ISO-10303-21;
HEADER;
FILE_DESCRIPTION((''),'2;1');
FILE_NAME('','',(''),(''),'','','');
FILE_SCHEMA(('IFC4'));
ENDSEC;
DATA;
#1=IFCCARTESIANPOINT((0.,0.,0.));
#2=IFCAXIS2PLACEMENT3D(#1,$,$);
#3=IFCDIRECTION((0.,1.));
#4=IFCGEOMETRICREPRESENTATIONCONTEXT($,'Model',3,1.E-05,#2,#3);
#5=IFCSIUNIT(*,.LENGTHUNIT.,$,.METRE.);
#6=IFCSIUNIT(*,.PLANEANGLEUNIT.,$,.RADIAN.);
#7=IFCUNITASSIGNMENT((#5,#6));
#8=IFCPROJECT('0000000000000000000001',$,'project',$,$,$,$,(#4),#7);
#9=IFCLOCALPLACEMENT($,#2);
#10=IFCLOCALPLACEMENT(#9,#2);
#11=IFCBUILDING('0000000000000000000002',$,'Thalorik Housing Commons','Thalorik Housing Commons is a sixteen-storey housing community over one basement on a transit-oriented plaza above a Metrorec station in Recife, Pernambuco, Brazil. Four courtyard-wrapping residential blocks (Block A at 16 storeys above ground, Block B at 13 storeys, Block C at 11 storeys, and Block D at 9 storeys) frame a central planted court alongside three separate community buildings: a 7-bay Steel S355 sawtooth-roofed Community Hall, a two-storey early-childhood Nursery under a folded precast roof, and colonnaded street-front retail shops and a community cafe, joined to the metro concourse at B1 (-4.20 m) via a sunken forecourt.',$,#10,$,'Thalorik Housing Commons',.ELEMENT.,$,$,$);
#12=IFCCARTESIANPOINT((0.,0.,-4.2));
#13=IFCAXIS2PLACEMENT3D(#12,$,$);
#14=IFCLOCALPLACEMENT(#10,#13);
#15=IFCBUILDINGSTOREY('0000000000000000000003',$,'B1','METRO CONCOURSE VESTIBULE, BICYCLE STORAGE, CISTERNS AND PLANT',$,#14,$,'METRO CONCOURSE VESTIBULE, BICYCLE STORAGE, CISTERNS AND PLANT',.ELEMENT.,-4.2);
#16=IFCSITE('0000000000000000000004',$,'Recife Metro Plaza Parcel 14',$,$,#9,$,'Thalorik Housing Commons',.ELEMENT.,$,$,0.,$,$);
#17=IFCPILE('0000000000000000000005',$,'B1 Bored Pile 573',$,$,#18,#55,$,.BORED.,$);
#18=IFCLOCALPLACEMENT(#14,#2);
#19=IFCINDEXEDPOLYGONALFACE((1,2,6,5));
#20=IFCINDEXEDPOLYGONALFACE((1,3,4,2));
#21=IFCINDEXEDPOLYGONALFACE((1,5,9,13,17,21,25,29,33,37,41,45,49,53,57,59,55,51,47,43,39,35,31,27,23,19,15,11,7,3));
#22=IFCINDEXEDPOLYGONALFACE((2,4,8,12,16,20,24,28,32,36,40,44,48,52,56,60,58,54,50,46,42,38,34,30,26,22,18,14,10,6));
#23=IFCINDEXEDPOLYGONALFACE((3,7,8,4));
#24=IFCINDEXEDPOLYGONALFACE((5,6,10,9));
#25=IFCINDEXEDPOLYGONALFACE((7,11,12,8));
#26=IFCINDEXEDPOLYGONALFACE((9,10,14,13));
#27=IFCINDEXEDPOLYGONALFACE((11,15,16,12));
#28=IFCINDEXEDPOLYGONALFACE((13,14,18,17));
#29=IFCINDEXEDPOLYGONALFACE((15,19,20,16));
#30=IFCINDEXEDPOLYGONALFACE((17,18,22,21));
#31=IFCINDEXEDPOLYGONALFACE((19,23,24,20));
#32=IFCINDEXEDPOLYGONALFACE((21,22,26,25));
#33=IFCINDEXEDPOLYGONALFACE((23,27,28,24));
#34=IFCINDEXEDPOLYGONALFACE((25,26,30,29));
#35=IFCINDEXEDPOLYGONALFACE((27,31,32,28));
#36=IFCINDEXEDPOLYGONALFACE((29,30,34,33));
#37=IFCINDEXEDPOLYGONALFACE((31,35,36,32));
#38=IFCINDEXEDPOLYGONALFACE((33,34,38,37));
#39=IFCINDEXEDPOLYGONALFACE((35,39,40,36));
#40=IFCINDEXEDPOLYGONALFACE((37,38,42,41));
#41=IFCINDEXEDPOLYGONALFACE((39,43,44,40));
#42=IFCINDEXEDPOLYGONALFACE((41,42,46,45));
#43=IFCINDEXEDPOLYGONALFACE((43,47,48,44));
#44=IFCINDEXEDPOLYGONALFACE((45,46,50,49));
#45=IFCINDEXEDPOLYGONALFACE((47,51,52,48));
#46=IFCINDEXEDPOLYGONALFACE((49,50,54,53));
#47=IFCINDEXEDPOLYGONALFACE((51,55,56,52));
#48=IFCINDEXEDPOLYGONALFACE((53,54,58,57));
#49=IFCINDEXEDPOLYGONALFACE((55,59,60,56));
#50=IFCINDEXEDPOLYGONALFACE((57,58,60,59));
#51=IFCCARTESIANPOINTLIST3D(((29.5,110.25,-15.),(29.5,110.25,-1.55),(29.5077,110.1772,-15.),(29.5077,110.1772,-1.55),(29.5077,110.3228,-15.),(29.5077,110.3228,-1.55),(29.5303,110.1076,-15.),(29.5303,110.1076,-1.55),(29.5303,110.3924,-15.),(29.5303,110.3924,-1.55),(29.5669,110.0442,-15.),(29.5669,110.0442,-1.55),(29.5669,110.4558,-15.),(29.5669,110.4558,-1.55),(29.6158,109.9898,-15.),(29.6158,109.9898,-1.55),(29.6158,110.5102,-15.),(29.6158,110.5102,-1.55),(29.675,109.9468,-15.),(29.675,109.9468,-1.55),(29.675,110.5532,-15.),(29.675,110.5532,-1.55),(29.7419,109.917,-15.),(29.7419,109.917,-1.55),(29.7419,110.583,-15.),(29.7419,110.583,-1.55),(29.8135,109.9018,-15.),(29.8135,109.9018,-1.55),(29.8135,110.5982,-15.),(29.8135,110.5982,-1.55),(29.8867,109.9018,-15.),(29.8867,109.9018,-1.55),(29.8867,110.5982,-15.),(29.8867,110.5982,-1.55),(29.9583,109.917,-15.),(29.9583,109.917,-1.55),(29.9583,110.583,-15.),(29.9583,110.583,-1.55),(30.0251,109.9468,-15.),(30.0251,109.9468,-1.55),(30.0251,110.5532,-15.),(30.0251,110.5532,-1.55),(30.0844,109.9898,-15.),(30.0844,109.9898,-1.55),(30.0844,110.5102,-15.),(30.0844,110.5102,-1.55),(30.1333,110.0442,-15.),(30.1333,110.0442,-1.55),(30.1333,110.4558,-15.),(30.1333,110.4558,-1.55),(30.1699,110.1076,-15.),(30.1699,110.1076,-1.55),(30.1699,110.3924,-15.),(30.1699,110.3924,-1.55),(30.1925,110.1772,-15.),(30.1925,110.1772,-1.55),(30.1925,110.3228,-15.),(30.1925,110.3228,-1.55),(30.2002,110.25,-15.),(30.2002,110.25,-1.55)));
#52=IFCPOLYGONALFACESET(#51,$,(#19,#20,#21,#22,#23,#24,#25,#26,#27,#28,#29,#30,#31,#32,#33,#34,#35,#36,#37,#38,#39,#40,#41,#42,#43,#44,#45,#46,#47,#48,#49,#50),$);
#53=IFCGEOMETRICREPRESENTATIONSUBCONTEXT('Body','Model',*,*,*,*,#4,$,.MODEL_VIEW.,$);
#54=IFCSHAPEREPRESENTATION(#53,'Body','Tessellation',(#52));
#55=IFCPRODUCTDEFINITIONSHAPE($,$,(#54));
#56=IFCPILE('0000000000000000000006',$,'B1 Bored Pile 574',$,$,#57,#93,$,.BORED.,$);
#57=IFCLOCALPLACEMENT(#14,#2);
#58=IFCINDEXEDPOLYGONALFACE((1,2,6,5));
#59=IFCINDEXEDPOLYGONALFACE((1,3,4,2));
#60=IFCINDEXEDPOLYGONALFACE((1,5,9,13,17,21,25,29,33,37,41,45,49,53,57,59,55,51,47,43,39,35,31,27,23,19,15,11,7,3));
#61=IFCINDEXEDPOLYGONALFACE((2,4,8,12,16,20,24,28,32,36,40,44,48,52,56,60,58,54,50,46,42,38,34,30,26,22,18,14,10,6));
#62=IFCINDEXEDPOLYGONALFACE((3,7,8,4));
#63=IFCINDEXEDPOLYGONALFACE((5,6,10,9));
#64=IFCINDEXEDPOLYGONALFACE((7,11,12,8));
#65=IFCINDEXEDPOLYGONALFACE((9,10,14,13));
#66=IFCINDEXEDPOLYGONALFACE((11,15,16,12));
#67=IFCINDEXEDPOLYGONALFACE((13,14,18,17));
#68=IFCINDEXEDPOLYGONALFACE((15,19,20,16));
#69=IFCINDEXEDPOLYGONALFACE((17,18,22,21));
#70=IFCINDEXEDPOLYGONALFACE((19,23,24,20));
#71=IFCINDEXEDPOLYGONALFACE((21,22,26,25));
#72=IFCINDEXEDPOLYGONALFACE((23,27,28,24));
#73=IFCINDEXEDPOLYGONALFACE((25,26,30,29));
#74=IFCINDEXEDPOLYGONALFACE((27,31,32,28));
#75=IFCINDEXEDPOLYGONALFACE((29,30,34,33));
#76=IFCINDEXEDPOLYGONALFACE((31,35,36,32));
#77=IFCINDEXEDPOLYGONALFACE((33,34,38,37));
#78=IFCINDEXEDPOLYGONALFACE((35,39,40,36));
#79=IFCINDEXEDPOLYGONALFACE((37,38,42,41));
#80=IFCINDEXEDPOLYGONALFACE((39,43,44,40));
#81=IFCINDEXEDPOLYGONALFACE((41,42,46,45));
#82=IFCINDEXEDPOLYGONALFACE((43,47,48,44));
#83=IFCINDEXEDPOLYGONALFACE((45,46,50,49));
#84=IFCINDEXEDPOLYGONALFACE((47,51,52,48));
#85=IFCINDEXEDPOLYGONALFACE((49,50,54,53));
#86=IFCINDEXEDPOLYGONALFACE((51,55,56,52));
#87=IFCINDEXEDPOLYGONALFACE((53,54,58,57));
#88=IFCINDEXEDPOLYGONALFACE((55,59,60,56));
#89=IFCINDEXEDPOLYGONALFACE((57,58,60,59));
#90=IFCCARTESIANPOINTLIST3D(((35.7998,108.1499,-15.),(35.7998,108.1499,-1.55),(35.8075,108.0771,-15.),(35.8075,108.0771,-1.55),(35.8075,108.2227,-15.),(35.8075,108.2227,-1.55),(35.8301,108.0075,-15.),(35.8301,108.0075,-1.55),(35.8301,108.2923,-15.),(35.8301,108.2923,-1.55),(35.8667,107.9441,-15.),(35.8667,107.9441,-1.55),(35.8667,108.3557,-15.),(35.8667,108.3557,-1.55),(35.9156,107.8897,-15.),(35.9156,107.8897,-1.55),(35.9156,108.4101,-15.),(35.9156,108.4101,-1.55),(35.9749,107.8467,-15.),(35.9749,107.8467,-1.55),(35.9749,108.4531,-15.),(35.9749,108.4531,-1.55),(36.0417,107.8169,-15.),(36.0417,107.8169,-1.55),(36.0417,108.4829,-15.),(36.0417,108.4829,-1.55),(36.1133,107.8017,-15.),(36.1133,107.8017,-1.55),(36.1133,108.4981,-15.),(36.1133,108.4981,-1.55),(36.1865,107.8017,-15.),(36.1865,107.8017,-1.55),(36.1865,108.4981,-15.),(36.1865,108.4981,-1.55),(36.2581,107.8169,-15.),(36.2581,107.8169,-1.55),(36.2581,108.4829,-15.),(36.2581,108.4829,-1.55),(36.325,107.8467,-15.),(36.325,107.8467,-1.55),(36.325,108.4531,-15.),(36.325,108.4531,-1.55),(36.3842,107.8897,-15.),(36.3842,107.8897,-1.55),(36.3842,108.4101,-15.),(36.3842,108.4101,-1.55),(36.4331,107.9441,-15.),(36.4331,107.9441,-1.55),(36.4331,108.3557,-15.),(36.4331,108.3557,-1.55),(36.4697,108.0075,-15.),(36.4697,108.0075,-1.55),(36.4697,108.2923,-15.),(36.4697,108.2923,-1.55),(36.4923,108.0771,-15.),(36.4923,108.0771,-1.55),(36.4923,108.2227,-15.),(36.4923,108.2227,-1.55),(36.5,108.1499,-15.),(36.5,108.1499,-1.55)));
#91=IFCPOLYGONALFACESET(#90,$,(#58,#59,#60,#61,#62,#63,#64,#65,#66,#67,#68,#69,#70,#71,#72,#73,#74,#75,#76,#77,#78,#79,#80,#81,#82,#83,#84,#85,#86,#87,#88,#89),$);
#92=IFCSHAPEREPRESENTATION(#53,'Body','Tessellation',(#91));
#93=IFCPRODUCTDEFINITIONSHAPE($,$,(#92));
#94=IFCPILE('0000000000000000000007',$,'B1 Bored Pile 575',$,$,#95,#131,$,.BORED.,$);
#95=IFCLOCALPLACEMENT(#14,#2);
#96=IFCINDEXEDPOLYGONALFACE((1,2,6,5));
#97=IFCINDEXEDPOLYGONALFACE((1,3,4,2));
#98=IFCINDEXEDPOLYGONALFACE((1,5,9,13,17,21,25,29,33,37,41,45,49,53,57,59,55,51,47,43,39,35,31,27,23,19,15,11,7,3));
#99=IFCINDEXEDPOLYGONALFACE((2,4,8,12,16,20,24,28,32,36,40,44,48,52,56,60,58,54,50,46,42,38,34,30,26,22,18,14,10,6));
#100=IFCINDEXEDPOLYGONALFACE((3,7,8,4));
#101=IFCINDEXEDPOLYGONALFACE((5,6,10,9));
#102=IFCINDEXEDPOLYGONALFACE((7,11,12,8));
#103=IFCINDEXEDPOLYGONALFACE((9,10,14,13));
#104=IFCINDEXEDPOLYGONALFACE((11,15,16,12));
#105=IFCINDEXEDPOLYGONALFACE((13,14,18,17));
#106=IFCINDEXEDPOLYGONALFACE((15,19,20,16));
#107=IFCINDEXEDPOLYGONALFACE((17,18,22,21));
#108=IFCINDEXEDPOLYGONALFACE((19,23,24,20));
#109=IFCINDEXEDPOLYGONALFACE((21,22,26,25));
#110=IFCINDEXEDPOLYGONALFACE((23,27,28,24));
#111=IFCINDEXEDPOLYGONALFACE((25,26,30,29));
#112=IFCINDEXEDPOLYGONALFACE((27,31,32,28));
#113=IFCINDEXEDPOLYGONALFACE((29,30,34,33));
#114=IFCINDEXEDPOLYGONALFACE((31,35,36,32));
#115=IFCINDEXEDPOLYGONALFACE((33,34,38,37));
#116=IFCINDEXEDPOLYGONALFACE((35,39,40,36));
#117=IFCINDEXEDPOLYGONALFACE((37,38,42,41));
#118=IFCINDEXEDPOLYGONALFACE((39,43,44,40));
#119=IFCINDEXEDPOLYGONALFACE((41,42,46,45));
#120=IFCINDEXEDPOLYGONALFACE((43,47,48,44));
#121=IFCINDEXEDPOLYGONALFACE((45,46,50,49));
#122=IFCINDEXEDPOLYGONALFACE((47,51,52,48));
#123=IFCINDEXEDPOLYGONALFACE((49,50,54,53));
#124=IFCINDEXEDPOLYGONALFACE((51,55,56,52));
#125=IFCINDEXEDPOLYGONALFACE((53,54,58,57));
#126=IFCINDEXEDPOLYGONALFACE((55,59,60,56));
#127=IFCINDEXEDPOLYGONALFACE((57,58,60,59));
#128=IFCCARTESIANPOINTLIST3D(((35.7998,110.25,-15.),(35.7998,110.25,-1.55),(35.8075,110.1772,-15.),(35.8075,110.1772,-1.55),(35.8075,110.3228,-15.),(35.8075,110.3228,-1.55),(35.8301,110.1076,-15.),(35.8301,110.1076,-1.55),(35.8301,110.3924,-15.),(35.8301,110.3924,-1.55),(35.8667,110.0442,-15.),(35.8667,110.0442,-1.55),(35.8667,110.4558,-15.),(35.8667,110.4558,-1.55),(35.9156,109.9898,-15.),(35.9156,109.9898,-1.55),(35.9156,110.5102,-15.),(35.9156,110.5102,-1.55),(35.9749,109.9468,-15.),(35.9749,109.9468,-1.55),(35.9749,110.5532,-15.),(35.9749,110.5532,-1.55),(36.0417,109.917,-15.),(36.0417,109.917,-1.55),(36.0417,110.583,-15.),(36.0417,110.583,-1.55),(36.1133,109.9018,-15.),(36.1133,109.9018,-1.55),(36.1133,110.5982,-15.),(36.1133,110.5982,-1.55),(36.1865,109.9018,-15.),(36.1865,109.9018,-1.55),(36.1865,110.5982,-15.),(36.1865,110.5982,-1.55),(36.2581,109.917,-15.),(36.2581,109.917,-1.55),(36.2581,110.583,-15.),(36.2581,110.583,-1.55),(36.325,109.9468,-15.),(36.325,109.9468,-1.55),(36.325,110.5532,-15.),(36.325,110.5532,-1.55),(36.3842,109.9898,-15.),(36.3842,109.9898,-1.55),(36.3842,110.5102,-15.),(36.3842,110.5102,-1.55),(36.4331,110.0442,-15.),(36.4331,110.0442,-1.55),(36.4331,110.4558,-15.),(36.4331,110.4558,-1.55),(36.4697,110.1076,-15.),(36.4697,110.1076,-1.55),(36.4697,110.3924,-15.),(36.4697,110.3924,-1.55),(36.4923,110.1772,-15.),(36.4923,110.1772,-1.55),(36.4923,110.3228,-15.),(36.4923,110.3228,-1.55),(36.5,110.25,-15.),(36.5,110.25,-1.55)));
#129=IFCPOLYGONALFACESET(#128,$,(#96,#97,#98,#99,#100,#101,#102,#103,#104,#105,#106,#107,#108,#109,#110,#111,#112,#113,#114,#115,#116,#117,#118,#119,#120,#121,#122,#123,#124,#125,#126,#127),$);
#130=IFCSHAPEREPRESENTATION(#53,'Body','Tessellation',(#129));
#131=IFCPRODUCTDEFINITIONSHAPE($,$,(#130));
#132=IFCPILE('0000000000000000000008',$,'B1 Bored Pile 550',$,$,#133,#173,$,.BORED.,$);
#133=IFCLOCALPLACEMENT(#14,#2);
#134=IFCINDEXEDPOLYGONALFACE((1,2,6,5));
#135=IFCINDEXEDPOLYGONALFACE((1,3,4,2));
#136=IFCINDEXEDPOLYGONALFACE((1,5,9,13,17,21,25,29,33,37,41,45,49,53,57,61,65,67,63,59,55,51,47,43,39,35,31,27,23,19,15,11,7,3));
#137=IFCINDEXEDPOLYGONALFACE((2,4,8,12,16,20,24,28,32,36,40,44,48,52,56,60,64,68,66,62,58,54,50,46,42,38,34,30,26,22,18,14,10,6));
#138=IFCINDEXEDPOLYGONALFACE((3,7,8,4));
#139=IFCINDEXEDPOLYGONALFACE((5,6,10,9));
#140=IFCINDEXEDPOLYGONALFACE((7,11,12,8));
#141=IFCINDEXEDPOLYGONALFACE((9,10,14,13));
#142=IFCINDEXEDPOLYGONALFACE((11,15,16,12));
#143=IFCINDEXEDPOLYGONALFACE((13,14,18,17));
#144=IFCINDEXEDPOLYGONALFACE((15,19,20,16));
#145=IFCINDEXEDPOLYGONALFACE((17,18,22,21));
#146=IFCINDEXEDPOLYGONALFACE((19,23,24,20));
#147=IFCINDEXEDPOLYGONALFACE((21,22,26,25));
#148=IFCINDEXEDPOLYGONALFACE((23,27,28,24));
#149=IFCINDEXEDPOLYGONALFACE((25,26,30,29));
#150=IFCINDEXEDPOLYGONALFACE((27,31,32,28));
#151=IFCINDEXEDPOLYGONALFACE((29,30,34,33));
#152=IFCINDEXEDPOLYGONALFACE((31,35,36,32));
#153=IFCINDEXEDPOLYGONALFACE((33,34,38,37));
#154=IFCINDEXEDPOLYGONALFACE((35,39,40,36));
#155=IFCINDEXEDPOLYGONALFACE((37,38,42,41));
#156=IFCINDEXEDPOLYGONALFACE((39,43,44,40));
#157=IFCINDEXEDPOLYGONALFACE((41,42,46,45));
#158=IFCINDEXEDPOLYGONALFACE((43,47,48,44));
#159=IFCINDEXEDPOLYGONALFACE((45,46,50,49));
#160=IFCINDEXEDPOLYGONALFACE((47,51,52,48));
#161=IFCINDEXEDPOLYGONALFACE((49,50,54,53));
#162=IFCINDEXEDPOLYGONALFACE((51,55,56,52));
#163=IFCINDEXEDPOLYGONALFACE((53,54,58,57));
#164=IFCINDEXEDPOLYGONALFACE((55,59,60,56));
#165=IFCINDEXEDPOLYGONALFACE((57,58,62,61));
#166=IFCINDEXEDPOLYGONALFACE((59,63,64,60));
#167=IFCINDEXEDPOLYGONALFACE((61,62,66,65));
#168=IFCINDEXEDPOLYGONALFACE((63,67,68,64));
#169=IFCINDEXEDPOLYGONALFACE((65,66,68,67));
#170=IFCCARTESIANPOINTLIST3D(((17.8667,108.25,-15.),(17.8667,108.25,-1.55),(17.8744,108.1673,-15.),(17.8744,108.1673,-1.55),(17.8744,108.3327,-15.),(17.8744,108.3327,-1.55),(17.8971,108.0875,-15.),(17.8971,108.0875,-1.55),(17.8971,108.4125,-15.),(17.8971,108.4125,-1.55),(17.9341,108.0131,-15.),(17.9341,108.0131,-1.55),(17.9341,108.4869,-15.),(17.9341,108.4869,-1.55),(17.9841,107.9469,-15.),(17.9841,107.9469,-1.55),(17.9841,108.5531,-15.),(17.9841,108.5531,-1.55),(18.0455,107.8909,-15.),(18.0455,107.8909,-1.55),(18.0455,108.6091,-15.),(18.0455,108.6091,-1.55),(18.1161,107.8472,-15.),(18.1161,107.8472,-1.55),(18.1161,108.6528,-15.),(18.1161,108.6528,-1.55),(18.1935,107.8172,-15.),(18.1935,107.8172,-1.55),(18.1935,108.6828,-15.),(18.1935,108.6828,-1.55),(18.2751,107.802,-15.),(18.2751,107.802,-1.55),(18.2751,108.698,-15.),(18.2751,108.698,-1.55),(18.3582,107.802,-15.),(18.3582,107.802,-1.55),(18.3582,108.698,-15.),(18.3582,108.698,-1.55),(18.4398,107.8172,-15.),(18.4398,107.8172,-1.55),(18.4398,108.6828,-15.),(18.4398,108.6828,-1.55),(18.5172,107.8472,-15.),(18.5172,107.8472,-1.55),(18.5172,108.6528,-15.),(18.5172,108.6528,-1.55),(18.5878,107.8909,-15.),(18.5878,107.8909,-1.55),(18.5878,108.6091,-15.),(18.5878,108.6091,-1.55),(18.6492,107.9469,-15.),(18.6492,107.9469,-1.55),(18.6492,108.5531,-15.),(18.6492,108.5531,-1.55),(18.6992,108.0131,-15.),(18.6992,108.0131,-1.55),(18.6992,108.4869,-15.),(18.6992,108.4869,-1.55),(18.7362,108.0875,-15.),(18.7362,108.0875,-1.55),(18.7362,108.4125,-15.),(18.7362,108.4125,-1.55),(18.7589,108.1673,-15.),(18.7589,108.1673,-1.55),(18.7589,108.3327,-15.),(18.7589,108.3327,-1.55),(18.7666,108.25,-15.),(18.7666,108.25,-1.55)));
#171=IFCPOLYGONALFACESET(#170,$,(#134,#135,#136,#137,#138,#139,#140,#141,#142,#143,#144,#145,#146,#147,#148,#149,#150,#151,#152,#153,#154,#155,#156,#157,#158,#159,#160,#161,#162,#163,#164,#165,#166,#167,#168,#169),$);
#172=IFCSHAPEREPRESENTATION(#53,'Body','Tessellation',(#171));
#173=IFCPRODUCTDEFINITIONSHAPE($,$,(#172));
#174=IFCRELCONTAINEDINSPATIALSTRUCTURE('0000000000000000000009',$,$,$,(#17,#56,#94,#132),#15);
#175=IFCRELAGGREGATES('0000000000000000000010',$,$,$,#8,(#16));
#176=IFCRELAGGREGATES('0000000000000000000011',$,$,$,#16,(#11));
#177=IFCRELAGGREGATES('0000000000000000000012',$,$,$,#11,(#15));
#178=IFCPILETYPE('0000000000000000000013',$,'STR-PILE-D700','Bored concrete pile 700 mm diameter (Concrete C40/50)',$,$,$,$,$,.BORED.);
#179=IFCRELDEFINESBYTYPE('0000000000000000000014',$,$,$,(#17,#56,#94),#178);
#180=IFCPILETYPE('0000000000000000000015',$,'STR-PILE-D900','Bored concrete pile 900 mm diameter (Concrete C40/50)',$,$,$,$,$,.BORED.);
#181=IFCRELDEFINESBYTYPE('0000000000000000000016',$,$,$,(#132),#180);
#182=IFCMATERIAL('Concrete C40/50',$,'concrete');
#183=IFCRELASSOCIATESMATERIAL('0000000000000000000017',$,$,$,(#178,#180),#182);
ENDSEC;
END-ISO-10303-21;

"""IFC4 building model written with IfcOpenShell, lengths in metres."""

from ifc_helpers import new_model, si_unit, direction, frame, origin, origin_2d, place, context, subcontext, project, spatial, circle, extrude, material, material_profile, profile_set, type_object, element, save


model = new_model("IFC4")

# Units and contexts
model_context = context("Model", 3, precision=1e-05, world=origin(), true_north=direction((0.0, 1.0)))
body_context = subcontext(model_context, "Body", "Model", "MODEL_VIEW")
ifc_project = project(units=[si_unit("LENGTHUNIT", "METRE"), si_unit("PLANEANGLEUNIT", "RADIAN")], contexts=[model_context])

# Site, building, storey
site_placement = place(None, origin())
site = spatial("IfcSite", under=ifc_project, at=site_placement, Name="Recife Metro Plaza Parcel 14", LongName="Thalorik Housing Commons", CompositionType="ELEMENT", RefElevation=0.0)
building_placement = place(site_placement, origin())
building = spatial("IfcBuilding", under=site, at=building_placement, Name="Thalorik Housing Commons", Description="Thalorik Housing Commons is a sixteen-storey housing community over one basement on a transit-oriented plaza above a Metrorec station in Recife, Pernambuco, Brazil. Four courtyard-wrapping residential blocks (Block A at 16 storeys above ground, Block B at 13 storeys, Block C at 11 storeys, and Block D at 9 storeys) frame a central planted court alongside three separate community buildings: a 7-bay Steel S355 sawtooth-roofed Community Hall, a two-storey early-childhood Nursery under a folded precast roof, and colonnaded street-front retail shops and a community cafe, joined to the metro concourse at B1 (-4.20 m) via a sunken forecourt.", LongName="Thalorik Housing Commons", CompositionType="ELEMENT")
storey_placement = place(building_placement, frame((0.0, 0.0, -4.2)))
storey = spatial("IfcBuildingStorey", under=building, at=storey_placement, Name="B1", Description="METRO CONCOURSE VESTIBULE, BICYCLE STORAGE, CISTERNS AND PLANT", LongName="METRO CONCOURSE VESTIBULE, BICYCLE STORAGE, CISTERNS AND PLANT", CompositionType="ELEMENT", Elevation=-4.2)

# Shared definitions
ifc_material_1 = material(Name="Concrete C40/50", Category="concrete")

# Piles
ifc_material_profile_1 = material_profile(ifc_material_1, circle(Radius=0.3501, at=origin_2d()), Name="BORED PILE D700", Category="concrete")
ifc_profile_set_1 = profile_set([ifc_material_profile_1], Name="Concrete C40/50")
pile_type_1 = type_object("IfcPileType", Name="STR-PILE-D700", Description="Bored concrete pile 700 mm diameter (Concrete C40/50)", PredefinedType="BORED", material=ifc_profile_set_1)
for number, where, z_axis, x_axis, name in (
    (1, (29.8501, 110.25, -1.55), (0.0, 0.0, -1.0), (1.0, 0.0, 0.0), "B1 Bored Pile 573"),
    (2, (36.1499, 108.1499, -1.55), (0.0, 0.0, -1.0), (1.0, 0.0, 0.0), "B1 Bored Pile 574"),
    (3, (36.1499, 110.25, -1.55), (0.0, 0.0, -1.0), (1.0, 0.0, 0.0), "B1 Bored Pile 575"),
):
    element("IfcPile", number, at=place(storey_placement, frame(where, z_axis=z_axis, x_axis=x_axis)), inside=storey, type_object=pile_type_1, Name=name, PredefinedType="BORED", context=body_context, shape_type="SweptSolid", body=[
        extrude(circle(Radius=0.3501, at=origin_2d()), origin(), (0.0, 0.0, 1.0), 13.45),
    ])
ifc_material_profile_2 = material_profile(ifc_material_1, circle(Radius=0.45, at=origin_2d()), Name="BORED PILE D900", Category="concrete")
ifc_profile_set_2 = profile_set([ifc_material_profile_2], Name="Concrete C40/50")
pile_type_2 = type_object("IfcPileType", Name="STR-PILE-D900", Description="Bored concrete pile 900 mm diameter (Concrete C40/50)", PredefinedType="BORED", material=ifc_profile_set_2)
for number, where, z_axis, x_axis, name in (
    (4, (18.3167, 108.25, -1.55), (0.0, 0.0, -1.0), (1.0, 0.0, 0.0), "B1 Bored Pile 550"),
):
    element("IfcPile", number, at=place(storey_placement, frame(where, z_axis=z_axis, x_axis=x_axis)), inside=storey, type_object=pile_type_2, Name=name, PredefinedType="BORED", context=body_context, shape_type="SweptSolid", body=[
        extrude(circle(Radius=0.45, at=origin_2d()), origin(), (0.0, 0.0, 1.0), 13.45),
    ])

save(model, "model.ifc")
